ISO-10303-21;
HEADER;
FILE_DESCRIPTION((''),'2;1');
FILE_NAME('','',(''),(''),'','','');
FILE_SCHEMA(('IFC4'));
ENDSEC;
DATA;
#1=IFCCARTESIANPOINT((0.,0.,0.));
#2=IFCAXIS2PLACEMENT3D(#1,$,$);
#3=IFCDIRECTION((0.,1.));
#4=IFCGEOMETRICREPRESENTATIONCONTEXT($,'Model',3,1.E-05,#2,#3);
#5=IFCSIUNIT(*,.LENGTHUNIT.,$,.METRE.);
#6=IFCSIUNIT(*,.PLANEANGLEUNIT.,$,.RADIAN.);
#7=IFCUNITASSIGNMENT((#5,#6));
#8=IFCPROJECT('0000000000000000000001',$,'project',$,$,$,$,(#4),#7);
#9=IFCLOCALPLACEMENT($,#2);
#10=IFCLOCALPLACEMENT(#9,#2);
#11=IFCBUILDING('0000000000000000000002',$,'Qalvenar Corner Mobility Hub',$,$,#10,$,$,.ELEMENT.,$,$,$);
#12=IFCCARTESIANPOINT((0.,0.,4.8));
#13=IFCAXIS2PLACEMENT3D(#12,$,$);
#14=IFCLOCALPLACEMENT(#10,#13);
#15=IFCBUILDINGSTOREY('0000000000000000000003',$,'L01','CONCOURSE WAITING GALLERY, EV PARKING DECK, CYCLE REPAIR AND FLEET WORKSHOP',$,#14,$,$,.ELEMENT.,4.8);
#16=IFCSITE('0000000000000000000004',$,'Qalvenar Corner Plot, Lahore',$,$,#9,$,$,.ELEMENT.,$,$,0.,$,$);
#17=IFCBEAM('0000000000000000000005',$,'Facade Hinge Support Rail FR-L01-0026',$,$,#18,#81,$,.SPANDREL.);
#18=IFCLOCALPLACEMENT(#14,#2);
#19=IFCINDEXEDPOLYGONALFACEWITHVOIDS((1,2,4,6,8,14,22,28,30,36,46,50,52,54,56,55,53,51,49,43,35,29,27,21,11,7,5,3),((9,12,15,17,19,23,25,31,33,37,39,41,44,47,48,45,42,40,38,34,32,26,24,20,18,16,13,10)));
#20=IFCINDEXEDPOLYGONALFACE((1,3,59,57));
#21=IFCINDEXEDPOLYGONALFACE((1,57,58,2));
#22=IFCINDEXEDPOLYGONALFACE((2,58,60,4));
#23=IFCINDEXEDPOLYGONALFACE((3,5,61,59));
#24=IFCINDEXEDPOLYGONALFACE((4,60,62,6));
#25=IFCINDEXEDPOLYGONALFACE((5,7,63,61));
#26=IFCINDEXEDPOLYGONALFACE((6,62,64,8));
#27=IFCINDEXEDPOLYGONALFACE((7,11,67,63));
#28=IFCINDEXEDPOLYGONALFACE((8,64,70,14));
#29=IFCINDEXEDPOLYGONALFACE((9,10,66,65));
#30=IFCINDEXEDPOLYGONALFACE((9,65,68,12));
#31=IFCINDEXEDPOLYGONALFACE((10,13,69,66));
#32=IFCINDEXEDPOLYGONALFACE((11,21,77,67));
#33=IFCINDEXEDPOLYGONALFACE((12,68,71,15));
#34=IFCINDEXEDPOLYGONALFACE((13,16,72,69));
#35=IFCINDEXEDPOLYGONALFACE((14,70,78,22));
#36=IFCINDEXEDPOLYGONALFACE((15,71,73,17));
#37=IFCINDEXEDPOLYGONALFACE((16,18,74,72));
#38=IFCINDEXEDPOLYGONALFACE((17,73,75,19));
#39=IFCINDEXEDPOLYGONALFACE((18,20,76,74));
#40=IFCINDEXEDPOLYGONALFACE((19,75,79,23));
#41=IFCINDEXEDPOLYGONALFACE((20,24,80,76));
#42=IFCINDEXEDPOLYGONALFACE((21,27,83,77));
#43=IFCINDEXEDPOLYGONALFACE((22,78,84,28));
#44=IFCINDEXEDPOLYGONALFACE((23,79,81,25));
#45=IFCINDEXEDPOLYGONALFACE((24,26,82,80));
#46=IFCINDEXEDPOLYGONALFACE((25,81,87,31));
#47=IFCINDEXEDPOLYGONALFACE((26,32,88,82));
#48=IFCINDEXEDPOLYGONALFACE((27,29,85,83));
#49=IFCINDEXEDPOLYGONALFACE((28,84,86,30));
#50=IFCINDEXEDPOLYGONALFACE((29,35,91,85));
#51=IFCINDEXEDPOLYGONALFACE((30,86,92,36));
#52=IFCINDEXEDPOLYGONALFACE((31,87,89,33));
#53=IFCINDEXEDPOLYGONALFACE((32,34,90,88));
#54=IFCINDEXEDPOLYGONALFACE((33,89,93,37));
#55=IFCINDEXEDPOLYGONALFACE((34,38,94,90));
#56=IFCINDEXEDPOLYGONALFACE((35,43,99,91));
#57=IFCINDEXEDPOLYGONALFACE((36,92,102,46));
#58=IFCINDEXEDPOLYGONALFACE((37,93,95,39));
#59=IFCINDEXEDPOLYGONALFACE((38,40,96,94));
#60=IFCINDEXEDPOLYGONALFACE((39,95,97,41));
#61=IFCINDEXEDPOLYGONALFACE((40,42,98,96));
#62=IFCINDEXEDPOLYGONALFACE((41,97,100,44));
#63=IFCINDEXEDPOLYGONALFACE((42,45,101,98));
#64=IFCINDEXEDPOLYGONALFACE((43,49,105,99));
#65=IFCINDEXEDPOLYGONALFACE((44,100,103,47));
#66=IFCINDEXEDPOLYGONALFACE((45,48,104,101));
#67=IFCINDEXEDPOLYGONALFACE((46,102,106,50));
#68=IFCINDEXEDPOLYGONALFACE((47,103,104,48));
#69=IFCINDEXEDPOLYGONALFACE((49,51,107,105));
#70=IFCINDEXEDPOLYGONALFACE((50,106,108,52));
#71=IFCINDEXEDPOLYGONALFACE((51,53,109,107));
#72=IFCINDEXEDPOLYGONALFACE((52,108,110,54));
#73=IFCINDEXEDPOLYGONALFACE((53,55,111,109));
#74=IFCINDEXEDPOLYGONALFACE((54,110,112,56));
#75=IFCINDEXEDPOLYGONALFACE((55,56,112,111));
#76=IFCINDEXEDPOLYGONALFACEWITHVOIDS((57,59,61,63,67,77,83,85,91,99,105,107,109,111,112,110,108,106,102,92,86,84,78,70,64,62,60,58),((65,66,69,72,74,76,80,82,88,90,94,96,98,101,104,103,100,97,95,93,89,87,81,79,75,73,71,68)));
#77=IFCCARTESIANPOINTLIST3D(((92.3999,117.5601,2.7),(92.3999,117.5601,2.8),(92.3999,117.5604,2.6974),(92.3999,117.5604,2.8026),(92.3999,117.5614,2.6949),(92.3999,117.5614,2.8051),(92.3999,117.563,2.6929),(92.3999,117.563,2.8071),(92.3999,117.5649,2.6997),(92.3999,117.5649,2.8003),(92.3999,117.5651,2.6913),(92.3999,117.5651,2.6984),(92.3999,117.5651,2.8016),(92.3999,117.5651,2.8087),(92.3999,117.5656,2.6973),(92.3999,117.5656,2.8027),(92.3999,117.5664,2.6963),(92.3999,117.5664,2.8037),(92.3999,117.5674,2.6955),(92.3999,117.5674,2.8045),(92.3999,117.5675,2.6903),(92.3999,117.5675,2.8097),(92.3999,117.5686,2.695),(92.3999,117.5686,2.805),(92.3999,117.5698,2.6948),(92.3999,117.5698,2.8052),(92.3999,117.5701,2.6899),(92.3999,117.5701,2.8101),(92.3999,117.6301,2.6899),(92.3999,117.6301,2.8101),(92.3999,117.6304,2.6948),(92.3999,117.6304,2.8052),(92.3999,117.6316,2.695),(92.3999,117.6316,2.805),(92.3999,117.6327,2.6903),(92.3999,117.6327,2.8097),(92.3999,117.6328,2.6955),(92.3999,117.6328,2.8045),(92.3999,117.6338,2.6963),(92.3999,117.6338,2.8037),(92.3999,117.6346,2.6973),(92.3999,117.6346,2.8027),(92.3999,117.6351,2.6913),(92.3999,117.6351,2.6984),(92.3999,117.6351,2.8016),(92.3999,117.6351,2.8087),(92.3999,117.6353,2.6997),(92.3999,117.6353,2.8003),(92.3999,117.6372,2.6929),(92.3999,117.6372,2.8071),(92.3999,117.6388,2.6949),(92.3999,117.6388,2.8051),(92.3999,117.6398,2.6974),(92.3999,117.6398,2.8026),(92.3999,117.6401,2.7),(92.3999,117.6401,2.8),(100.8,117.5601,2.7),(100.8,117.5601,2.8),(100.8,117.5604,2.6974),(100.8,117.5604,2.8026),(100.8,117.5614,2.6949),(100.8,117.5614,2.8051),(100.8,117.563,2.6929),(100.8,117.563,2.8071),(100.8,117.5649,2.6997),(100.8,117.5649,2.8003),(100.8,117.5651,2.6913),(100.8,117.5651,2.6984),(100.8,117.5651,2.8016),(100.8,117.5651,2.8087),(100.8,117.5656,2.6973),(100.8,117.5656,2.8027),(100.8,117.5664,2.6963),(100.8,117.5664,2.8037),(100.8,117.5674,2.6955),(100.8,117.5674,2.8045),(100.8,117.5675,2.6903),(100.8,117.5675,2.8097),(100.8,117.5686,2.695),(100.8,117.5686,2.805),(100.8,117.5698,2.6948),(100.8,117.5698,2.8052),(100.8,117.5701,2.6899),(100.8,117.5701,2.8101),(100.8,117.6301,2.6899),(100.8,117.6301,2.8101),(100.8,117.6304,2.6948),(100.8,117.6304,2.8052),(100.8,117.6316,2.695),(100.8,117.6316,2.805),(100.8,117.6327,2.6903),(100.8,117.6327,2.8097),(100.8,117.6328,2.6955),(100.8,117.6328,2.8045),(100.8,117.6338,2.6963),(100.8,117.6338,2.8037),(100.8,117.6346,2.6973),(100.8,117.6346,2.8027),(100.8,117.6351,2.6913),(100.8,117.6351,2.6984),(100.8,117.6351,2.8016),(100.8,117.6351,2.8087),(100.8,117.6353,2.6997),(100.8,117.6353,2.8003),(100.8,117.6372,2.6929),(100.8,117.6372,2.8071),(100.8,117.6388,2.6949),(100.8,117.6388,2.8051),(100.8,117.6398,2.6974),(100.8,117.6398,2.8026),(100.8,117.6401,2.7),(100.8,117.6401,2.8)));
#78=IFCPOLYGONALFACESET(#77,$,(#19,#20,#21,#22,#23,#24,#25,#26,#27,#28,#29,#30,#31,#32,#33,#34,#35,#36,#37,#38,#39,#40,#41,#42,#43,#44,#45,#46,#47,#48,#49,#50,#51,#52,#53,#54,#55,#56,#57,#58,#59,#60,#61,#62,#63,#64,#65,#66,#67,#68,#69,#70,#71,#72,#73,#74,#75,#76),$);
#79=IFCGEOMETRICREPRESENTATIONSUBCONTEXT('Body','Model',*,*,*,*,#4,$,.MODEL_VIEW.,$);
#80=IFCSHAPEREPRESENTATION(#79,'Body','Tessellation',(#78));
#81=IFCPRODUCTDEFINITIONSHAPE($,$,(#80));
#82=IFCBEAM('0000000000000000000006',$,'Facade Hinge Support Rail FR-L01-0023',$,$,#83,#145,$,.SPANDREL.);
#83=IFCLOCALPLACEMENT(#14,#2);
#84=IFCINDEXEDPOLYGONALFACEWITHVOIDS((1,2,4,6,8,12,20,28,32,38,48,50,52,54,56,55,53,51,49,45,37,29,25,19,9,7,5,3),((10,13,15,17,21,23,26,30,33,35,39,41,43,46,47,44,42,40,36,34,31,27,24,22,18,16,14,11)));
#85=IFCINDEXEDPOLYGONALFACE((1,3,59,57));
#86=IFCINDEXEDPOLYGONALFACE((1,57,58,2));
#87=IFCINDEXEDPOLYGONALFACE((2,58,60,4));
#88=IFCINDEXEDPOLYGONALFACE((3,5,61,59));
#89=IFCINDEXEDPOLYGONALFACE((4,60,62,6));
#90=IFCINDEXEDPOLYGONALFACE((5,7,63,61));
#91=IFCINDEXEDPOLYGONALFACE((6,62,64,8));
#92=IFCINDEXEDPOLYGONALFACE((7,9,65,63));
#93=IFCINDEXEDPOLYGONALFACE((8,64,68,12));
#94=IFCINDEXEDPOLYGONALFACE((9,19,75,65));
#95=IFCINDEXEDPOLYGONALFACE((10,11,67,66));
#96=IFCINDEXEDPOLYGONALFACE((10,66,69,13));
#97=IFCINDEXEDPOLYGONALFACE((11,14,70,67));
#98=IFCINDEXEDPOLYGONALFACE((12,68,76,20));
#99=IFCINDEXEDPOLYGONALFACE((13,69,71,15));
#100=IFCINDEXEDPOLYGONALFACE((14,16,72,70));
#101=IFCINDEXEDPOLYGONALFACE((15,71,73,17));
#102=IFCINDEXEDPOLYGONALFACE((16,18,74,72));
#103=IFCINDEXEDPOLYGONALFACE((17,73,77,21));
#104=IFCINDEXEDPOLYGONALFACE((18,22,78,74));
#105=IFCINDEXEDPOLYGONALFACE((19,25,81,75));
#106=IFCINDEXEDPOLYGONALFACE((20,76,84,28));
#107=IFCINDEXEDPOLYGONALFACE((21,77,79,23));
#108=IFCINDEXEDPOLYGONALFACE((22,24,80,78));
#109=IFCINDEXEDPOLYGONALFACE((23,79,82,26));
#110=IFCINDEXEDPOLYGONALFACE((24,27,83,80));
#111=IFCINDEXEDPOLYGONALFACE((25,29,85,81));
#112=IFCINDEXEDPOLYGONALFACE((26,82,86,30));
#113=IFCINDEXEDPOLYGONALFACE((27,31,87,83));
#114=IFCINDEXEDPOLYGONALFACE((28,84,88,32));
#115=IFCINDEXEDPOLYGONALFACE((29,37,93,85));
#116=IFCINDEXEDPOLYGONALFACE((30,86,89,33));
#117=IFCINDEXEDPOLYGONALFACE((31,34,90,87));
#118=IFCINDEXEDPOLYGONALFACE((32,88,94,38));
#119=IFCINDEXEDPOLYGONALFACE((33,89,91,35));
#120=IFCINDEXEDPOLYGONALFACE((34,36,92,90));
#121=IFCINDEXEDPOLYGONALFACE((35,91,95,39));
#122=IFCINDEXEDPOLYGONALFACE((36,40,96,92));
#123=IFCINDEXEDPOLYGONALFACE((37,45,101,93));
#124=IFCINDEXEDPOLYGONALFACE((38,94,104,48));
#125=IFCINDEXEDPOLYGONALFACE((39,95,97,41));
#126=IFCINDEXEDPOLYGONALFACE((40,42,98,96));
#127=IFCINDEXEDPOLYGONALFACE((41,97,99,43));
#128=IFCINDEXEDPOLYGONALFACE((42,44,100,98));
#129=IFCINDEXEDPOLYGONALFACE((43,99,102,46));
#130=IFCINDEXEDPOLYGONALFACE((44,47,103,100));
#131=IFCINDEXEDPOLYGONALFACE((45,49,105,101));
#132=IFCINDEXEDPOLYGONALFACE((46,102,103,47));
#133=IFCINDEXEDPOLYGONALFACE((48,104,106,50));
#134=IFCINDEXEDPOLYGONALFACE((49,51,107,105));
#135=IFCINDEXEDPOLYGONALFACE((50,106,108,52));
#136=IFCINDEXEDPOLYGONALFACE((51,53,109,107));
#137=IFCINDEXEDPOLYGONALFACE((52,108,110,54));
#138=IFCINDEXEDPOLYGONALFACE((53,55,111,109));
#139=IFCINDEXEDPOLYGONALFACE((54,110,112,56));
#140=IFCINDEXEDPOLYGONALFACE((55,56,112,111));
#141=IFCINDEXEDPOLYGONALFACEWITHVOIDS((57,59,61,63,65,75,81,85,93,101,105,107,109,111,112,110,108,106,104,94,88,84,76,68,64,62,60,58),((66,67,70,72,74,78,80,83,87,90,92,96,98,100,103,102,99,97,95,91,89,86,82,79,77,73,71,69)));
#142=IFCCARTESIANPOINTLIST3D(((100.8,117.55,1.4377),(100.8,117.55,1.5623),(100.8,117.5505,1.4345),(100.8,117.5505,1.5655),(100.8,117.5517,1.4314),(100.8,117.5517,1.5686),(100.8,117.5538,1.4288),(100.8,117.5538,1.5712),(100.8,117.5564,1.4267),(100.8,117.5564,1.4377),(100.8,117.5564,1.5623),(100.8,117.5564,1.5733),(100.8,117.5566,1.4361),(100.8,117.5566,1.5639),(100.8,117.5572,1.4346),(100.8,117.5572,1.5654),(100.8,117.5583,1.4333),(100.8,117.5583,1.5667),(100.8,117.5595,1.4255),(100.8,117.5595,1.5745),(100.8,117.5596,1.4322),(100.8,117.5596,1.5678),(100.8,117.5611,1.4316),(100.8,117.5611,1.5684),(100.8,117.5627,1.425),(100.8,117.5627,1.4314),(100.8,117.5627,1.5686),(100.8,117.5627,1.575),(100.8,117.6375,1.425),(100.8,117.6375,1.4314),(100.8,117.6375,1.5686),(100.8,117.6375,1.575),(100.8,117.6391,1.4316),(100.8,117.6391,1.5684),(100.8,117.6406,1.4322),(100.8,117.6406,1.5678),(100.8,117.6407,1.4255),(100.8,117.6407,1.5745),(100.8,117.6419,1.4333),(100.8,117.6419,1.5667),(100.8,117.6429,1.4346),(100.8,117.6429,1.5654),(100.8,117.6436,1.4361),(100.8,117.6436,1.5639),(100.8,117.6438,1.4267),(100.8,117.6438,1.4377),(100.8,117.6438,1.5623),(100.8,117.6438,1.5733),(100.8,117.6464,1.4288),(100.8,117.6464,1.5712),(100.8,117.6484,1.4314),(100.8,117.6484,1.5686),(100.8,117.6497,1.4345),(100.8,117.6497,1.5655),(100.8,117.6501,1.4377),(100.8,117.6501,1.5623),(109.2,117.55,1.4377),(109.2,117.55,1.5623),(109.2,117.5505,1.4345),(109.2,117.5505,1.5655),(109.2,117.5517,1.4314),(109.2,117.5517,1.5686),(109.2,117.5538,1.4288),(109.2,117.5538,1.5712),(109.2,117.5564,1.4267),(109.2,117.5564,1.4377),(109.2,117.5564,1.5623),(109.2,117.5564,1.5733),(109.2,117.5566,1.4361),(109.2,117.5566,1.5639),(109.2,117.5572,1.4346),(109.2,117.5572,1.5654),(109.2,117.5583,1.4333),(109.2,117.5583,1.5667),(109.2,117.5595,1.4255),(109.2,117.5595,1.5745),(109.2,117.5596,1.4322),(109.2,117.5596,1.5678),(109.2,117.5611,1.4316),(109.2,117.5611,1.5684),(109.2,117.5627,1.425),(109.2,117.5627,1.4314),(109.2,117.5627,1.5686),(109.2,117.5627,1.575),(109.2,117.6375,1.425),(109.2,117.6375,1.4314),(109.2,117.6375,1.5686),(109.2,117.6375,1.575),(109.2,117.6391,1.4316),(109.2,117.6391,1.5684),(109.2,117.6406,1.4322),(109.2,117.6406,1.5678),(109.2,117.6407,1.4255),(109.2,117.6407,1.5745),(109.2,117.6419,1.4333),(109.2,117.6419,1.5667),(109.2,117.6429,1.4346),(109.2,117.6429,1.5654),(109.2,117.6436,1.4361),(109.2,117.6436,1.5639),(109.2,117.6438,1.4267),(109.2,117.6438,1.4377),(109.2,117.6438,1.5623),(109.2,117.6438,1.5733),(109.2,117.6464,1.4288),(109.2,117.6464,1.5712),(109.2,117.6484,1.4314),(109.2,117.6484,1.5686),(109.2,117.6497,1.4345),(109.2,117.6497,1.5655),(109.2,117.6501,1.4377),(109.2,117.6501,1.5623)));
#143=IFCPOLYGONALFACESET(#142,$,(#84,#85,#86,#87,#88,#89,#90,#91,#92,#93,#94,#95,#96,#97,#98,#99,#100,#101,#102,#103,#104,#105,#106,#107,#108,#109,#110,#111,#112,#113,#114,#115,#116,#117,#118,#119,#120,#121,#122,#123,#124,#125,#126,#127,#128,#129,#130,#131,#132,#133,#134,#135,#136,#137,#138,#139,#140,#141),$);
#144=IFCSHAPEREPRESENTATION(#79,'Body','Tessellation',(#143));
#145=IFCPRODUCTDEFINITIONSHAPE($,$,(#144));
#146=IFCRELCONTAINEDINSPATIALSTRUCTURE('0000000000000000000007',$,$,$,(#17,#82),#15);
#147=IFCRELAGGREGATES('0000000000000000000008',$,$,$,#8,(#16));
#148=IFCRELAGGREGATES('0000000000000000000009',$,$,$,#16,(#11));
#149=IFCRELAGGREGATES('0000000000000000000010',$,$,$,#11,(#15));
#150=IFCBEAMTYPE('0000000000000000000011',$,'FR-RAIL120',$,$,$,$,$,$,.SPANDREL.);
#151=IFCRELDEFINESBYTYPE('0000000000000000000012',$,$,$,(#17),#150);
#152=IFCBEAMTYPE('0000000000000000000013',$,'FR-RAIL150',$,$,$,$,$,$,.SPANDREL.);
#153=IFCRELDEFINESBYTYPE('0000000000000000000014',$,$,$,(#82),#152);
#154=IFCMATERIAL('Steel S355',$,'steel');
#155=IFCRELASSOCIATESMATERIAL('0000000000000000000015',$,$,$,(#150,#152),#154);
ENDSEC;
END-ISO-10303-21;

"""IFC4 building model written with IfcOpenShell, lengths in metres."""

from ifc_helpers import new_model, si_unit, direction, frame, origin, origin_2d, place, context, subcontext, project, spatial, hollow_rectangle, extrude, material, material_profile, profile_set, type_object, element, save


model = new_model("IFC4")

# Units and contexts
model_context = context("Model", 3, precision=1e-05, world=origin(), true_north=direction((0.0, 1.0)))
body_context = subcontext(model_context, "Body", "Model", "MODEL_VIEW")
ifc_project = project(units=[si_unit("LENGTHUNIT", "METRE"), si_unit("PLANEANGLEUNIT", "RADIAN")], contexts=[model_context])

# Site, building, storey
site_placement = place(None, origin())
site = spatial("IfcSite", under=ifc_project, at=site_placement, Name="Qalvenar Corner Plot, Lahore", CompositionType="ELEMENT", RefElevation=0.0)
building_placement = place(site_placement, origin())
building = spatial("IfcBuilding", under=site, at=building_placement, Name="Qalvenar Corner Mobility Hub", CompositionType="ELEMENT")
storey_placement = place(building_placement, frame((0.0, 0.0, 4.8)))
storey = spatial("IfcBuildingStorey", under=building, at=storey_placement, Name="L01", Description="CONCOURSE WAITING GALLERY, EV PARKING DECK, CYCLE REPAIR AND FLEET WORKSHOP", CompositionType="ELEMENT", Elevation=4.8)

# Shared definitions
ifc_material = material(Name="Steel S355", Category="steel")

# Beams
ifc_material_profile_1 = material_profile(ifc_material, hollow_rectangle(XDim=0.0801, YDim=0.1201, WallThickness=0.0049, InnerFilletRadius=0.0049, OuterFilletRadius=0.01, at=origin_2d()), Name="RHS120x80x5")
ifc_profile_set_1 = profile_set([ifc_material_profile_1], Name="Steel S355")
beam_type_1 = type_object("IfcBeamType", Name="FR-RAIL120", PredefinedType="SPANDREL", material=ifc_profile_set_1)
beam_1_placement = place(storey_placement, frame((100.8, 117.6001, 2.75), z_axis=(-1.0, 0.0, 0.0), x_axis=(0.0, -1.0, 0.0)))
element("IfcBeam", 1, at=beam_1_placement, inside=storey, type_object=beam_type_1, Name="Facade Hinge Support Rail FR-L01-0026", PredefinedType="SPANDREL", context=body_context, shape_type="SweptSolid", body=[
    extrude(hollow_rectangle(XDim=0.0801, YDim=0.1201, WallThickness=0.0049, InnerFilletRadius=0.0049, OuterFilletRadius=0.01, at=origin_2d()), origin(), (0.0, 0.0, 1.0), 8.4001),
])
ifc_material_profile_2 = material_profile(ifc_material, hollow_rectangle(XDim=0.1001, YDim=0.1499, WallThickness=0.0063, InnerFilletRadius=0.0063, OuterFilletRadius=0.0127, at=origin_2d()), Name="RHS150x100x6.3")
ifc_profile_set_2 = profile_set([ifc_material_profile_2], Name="Steel S355")
beam_type_2 = type_object("IfcBeamType", Name="FR-RAIL150", PredefinedType="SPANDREL", material=ifc_profile_set_2)
beam_2_placement = place(storey_placement, frame((109.2, 117.6001, 1.5), z_axis=(-1.0, 0.0, 0.0), x_axis=(0.0, -1.0, 0.0)))
element("IfcBeam", 2, at=beam_2_placement, inside=storey, type_object=beam_type_2, Name="Facade Hinge Support Rail FR-L01-0023", PredefinedType="SPANDREL", context=body_context, shape_type="SweptSolid", body=[
    extrude(hollow_rectangle(XDim=0.1001, YDim=0.1499, WallThickness=0.0063, InnerFilletRadius=0.0063, OuterFilletRadius=0.0127, at=origin_2d()), origin(), (0.0, 0.0, 1.0), 8.3999),
])

save(model, "model.ifc")
